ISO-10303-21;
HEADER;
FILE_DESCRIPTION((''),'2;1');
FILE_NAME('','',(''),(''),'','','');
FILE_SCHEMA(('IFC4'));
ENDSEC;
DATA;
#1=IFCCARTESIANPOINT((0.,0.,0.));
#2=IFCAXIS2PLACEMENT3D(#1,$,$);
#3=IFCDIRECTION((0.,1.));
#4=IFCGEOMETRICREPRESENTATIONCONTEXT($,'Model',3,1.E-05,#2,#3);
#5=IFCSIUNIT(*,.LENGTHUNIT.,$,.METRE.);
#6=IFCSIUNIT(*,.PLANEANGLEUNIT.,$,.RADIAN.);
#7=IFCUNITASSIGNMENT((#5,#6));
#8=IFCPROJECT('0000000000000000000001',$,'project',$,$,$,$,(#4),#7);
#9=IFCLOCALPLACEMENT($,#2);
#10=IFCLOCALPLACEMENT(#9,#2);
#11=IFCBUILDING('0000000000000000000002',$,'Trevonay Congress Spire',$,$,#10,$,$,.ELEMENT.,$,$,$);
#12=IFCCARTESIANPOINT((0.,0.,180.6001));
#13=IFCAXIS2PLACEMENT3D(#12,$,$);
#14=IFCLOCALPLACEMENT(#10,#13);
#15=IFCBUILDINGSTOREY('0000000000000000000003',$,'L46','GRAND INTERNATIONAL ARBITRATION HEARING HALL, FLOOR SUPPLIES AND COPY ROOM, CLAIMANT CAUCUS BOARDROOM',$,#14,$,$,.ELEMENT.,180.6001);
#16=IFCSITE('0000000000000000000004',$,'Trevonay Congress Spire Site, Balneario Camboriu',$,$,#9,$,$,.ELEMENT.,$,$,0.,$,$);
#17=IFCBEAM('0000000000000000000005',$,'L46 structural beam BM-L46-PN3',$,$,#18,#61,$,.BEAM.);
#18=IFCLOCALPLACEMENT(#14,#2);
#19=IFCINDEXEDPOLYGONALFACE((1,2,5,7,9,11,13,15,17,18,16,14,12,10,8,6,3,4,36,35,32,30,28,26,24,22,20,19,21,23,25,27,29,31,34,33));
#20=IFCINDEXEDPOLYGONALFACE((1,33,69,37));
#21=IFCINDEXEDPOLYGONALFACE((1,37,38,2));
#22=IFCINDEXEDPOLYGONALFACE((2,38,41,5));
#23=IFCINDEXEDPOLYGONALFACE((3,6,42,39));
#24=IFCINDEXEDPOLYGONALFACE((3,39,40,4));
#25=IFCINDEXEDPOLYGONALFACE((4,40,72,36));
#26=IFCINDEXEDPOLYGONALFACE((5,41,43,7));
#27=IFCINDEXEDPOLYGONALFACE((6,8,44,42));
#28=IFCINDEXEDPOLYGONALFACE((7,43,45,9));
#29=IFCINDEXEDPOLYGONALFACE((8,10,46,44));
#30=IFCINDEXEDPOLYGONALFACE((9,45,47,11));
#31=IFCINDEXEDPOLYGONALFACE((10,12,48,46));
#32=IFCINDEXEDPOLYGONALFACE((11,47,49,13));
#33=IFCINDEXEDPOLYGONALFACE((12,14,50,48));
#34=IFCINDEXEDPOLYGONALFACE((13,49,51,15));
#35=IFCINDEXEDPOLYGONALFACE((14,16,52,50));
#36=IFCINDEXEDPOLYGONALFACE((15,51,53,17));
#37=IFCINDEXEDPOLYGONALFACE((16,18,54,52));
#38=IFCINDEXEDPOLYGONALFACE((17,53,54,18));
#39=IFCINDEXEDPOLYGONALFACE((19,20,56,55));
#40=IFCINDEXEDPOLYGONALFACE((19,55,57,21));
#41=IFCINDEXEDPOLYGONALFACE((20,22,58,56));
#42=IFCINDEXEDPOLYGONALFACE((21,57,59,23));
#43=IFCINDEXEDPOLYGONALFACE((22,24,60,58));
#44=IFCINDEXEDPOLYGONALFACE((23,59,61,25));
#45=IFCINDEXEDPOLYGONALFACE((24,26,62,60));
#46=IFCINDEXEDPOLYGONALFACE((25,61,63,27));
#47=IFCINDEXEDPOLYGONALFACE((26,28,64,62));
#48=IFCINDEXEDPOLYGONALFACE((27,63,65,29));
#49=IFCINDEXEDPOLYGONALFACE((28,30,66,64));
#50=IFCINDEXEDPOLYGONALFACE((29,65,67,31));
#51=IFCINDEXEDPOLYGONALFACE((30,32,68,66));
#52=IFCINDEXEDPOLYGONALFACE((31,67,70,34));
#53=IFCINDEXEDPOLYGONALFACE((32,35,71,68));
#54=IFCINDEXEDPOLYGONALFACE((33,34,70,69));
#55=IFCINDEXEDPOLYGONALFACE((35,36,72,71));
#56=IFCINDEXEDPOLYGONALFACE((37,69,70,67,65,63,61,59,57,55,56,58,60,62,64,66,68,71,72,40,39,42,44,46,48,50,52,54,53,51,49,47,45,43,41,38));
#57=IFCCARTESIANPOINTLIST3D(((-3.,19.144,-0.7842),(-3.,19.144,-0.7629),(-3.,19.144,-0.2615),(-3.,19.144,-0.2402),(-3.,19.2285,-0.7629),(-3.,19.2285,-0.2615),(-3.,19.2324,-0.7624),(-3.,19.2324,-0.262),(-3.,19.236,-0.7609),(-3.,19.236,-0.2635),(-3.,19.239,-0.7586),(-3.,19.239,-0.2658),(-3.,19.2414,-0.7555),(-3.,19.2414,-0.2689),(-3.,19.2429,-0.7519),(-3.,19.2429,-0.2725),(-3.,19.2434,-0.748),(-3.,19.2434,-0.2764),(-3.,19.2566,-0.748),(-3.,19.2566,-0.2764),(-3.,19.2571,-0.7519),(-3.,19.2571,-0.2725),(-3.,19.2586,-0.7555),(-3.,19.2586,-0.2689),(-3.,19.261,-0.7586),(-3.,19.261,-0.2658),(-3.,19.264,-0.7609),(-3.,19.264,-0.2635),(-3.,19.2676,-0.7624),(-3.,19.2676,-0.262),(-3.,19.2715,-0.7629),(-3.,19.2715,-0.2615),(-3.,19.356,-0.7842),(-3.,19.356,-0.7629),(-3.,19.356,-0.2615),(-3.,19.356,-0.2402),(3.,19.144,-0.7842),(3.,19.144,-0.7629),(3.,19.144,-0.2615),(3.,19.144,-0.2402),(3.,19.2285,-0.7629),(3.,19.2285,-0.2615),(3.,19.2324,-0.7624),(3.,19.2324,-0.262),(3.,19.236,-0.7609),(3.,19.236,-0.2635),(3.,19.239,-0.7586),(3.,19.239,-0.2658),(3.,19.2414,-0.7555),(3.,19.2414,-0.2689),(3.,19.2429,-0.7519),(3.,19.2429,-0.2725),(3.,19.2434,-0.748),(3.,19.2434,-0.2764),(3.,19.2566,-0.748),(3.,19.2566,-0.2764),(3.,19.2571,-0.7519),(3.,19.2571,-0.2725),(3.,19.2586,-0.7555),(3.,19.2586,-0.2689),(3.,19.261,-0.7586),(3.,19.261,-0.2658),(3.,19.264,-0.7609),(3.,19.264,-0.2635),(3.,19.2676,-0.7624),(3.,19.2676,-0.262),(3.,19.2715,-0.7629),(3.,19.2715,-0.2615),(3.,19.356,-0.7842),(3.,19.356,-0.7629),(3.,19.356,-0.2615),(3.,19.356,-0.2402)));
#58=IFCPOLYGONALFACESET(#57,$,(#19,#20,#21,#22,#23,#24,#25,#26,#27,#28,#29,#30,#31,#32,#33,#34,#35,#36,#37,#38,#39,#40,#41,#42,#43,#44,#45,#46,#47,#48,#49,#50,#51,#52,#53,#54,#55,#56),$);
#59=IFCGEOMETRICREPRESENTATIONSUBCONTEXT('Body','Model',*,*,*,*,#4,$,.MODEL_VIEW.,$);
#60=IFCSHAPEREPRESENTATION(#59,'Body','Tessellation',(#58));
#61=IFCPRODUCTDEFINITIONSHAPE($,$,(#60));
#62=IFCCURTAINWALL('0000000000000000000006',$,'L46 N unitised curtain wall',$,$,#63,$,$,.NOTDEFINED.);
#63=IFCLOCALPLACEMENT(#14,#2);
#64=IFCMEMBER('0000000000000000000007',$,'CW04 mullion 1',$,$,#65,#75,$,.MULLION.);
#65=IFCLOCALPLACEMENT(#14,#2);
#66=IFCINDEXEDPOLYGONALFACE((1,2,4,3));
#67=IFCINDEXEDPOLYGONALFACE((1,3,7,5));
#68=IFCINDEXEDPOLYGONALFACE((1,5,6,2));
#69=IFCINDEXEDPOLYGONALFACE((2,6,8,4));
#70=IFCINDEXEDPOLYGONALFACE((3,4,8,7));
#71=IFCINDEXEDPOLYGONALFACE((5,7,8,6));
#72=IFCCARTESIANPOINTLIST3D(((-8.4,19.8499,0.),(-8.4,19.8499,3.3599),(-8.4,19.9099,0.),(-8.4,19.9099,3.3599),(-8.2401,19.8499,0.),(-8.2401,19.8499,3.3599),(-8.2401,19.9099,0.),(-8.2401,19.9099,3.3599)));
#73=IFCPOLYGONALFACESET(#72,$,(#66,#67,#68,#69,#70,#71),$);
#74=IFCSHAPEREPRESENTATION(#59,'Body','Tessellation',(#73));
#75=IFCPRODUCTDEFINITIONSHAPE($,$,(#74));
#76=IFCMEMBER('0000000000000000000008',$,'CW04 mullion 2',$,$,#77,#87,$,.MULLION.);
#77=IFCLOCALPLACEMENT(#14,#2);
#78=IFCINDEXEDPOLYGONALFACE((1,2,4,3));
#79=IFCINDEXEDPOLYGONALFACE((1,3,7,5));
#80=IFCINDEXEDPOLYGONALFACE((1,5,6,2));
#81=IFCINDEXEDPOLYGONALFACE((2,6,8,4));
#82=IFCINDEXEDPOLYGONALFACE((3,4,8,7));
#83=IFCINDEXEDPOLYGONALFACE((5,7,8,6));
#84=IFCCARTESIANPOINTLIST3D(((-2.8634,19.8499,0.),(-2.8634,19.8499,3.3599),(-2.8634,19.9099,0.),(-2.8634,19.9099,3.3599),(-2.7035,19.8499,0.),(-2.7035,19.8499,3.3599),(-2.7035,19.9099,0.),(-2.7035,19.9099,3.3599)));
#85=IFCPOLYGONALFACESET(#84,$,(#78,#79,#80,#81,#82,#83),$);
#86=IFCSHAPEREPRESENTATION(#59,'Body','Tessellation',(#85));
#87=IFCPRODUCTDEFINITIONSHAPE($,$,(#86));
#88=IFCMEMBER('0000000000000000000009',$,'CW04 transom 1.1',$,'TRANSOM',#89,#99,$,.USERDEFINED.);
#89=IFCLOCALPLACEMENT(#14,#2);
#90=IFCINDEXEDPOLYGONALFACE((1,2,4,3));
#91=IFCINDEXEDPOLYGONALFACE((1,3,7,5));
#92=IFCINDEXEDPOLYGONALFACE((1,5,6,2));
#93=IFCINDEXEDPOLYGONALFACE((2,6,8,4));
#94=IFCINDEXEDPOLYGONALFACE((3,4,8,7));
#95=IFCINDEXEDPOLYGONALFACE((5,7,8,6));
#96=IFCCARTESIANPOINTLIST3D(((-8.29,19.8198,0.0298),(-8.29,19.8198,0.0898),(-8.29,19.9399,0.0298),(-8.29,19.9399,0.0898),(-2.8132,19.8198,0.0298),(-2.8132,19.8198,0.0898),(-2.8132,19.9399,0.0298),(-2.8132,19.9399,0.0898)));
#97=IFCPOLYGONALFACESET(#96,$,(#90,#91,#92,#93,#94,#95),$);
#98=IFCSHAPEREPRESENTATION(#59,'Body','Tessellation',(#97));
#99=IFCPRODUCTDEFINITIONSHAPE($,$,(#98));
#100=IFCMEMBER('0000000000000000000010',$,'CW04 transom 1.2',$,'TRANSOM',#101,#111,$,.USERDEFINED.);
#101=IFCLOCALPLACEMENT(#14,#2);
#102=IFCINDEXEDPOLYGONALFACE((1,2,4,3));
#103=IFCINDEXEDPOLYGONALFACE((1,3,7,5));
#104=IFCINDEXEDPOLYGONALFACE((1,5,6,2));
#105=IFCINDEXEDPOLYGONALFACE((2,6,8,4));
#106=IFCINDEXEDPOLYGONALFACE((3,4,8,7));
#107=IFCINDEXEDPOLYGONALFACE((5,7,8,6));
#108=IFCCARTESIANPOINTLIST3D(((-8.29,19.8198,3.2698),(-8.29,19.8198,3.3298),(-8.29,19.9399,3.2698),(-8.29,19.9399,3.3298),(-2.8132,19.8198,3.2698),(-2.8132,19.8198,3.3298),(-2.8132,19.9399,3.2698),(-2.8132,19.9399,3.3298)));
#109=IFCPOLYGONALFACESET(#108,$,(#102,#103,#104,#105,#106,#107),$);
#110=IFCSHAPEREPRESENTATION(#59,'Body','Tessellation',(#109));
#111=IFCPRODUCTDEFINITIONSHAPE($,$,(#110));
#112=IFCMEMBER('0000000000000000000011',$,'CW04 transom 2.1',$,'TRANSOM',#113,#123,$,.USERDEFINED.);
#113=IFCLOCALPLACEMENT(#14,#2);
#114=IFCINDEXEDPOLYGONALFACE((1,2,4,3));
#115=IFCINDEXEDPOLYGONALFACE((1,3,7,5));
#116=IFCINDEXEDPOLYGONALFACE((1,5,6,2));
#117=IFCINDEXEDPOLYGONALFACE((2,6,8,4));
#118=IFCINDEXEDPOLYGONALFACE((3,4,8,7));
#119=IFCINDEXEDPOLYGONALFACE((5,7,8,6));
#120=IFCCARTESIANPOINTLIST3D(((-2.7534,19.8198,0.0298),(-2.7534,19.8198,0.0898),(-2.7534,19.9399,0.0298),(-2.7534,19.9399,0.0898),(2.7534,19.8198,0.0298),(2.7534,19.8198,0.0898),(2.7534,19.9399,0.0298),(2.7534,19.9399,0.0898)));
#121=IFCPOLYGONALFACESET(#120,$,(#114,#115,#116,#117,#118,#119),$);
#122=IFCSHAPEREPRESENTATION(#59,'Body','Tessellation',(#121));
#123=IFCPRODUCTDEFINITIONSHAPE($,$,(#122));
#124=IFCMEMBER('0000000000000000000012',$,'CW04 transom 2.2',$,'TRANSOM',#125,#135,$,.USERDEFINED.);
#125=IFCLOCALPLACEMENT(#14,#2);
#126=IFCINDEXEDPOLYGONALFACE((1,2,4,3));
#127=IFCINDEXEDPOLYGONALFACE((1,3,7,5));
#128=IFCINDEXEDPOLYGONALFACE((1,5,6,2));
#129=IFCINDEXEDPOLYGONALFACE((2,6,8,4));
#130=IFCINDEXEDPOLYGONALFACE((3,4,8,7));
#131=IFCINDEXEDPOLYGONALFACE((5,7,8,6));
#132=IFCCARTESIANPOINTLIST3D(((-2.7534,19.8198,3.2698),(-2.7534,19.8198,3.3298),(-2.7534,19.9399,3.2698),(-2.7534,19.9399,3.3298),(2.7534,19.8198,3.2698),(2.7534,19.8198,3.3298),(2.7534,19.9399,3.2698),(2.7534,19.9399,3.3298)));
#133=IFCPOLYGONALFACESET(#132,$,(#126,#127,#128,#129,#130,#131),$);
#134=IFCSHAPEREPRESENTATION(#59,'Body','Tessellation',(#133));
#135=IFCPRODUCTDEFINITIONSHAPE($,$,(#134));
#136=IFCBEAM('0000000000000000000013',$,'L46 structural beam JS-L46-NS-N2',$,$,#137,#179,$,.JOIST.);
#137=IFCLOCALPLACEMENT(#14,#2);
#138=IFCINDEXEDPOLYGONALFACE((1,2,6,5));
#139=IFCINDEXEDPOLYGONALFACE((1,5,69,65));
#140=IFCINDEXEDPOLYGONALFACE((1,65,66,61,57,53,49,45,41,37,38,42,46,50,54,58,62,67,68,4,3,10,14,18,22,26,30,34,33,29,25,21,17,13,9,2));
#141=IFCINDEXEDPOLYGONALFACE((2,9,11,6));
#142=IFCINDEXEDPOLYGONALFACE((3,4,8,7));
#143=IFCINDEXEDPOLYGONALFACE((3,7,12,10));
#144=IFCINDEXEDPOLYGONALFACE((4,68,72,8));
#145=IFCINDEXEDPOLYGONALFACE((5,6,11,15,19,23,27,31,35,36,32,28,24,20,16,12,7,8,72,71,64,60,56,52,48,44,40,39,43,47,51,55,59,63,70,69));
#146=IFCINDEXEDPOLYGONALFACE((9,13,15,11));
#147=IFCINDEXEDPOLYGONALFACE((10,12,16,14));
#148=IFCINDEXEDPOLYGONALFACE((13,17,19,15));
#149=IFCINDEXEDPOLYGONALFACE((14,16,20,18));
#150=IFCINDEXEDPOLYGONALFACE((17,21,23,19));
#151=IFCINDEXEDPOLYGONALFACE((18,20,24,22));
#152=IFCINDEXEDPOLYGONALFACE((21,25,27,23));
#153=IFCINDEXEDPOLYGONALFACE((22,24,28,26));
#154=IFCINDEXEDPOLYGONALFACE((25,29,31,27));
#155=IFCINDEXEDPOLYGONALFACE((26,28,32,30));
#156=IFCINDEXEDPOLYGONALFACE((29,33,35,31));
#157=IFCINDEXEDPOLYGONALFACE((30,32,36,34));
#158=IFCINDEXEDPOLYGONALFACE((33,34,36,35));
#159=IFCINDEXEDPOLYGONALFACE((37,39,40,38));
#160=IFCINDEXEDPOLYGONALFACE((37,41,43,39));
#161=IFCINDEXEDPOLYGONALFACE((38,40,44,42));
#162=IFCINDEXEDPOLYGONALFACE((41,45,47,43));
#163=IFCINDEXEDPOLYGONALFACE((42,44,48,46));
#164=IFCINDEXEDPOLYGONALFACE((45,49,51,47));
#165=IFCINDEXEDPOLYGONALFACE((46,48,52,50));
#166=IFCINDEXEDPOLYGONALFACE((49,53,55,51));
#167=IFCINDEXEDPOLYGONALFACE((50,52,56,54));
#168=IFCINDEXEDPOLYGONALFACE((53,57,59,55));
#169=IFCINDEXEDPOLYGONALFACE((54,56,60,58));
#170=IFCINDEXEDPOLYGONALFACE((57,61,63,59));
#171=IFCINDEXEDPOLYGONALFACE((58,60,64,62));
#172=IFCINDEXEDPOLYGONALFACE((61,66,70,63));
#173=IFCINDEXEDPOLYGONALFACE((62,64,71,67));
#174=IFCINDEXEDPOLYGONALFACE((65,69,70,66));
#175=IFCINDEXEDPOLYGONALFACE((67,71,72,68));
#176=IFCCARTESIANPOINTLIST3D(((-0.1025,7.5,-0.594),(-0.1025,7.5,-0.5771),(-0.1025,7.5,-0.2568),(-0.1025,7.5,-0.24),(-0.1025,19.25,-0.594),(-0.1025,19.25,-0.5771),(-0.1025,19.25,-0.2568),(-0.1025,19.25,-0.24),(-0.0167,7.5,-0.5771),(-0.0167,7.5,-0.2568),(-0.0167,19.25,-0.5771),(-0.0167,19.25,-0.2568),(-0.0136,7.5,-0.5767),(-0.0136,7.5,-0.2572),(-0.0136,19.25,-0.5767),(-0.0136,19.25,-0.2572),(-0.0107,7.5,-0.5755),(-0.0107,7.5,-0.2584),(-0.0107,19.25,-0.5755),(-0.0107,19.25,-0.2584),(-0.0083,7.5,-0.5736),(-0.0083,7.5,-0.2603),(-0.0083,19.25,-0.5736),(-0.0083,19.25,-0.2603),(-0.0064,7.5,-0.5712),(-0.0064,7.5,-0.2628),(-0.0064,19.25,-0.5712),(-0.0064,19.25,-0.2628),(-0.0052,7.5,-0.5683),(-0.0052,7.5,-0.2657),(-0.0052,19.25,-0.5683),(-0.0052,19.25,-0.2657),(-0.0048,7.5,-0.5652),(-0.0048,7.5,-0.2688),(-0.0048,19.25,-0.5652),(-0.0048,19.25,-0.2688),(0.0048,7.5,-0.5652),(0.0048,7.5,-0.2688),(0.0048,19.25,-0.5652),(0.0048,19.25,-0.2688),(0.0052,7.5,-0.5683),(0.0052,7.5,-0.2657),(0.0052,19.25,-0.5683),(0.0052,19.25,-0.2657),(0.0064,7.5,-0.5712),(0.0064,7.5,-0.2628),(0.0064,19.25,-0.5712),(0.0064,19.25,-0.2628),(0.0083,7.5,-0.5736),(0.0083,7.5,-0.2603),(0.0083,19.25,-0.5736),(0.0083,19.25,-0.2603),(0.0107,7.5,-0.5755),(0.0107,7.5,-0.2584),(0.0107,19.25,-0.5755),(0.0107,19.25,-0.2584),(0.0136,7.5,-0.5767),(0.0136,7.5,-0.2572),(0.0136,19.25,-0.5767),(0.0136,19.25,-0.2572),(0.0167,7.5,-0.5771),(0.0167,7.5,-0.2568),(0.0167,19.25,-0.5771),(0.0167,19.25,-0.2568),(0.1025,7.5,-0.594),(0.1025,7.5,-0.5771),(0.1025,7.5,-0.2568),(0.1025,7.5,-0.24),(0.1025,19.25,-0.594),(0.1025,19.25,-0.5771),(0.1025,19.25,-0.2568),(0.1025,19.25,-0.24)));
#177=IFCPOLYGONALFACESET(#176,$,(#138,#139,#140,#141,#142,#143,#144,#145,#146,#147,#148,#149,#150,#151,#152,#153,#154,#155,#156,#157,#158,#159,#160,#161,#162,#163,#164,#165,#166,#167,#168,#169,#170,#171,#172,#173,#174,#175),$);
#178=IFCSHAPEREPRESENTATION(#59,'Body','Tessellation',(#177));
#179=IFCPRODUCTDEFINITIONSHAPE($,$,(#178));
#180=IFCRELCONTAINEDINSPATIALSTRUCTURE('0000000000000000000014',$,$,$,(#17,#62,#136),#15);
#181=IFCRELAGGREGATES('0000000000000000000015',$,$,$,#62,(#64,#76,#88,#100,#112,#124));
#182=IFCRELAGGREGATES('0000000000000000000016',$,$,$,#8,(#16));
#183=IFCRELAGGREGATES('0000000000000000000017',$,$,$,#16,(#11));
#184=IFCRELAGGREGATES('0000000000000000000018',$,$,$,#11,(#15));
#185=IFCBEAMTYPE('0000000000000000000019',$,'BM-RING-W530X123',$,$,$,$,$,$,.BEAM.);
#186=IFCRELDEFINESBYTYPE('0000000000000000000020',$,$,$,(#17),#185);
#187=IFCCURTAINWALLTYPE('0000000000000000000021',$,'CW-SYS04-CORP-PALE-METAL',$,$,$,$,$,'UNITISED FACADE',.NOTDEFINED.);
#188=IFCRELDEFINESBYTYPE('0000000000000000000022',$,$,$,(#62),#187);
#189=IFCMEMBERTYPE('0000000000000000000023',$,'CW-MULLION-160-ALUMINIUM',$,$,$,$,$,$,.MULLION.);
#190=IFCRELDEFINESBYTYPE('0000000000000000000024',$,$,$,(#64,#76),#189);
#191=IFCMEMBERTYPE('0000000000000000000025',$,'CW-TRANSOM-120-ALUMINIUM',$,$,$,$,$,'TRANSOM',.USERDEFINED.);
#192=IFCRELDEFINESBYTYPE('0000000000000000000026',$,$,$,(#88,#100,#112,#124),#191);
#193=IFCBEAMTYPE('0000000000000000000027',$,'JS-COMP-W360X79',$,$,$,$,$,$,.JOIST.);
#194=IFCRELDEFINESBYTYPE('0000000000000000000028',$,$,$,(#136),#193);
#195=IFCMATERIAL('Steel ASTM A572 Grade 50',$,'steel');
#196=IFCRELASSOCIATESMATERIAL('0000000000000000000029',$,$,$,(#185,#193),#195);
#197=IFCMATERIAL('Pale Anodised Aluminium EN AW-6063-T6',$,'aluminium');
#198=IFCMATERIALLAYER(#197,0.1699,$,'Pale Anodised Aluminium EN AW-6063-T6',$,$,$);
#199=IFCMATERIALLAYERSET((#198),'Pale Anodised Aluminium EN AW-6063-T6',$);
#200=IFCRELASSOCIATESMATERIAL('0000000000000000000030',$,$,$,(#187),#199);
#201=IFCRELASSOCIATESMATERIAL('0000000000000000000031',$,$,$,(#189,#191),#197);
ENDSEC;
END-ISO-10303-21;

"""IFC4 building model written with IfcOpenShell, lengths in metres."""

from ifc_helpers import new_model, si_unit, direction, frame, origin, origin_2d, place, context, subcontext, project, spatial, rectangle, i_section, extrude, material, layer, layer_set, material_profile, profile_set, type_object, element, aggregate, save


model = new_model("IFC4")

# Units and contexts
model_context = context("Model", 3, precision=1e-05, world=origin(), true_north=direction((0.0, 1.0)))
body_context = subcontext(model_context, "Body", "Model", "MODEL_VIEW")
ifc_project = project(units=[si_unit("LENGTHUNIT", "METRE"), si_unit("PLANEANGLEUNIT", "RADIAN")], contexts=[model_context])

# Site, building, storey
site_placement = place(None, origin())
site = spatial("IfcSite", under=ifc_project, at=site_placement, Name="Trevonay Congress Spire Site, Balneario Camboriu", CompositionType="ELEMENT", RefElevation=0.0)
building_placement = place(site_placement, origin())
building = spatial("IfcBuilding", under=site, at=building_placement, Name="Trevonay Congress Spire", CompositionType="ELEMENT")
storey_placement = place(building_placement, frame((0.0, 0.0, 180.6001)))
storey = spatial("IfcBuildingStorey", under=building, at=storey_placement, Name="L46", Description="GRAND INTERNATIONAL ARBITRATION HEARING HALL, FLOOR SUPPLIES AND COPY ROOM, CLAIMANT CAUCUS BOARDROOM", CompositionType="ELEMENT", Elevation=180.6001)

# Shared definitions
ifc_material_1 = material(Name="Steel ASTM A572 Grade 50", Category="steel")

# Beam
ifc_material_profile_1 = material_profile(ifc_material_1, i_section(OverallWidth=0.2119, OverallDepth=0.5439, WebThickness=0.0132, FlangeThickness=0.0212, FilletRadius=0.0149, at=origin_2d()), Name="W530x123")
ifc_profile_set_1 = profile_set([ifc_material_profile_1], Name="Steel ASTM A572 Grade 50")
beam_type_1 = type_object("IfcBeamType", Name="BM-RING-W530X123", PredefinedType="BEAM", material=ifc_profile_set_1)
beam_1_placement = place(storey_placement, frame((-3.0, 19.25, -0.5122), z_axis=(1.0, 0.0, 0.0), x_axis=(0.0, 1.0, 0.0)))
element("IfcBeam", 1, at=beam_1_placement, inside=storey, type_object=beam_type_1, Name="L46 structural beam BM-L46-PN3", PredefinedType="BEAM", context=body_context, shape_type="SweptSolid", body=[
    extrude(i_section(OverallWidth=0.2119, OverallDepth=0.5439, WebThickness=0.0132, FlangeThickness=0.0212, FilletRadius=0.0149, at=origin_2d()), origin(), (0.0, 0.0, 1.0), 6.0),
])

# Curtain wall, members
ifc_material_2 = material(Name="Pale Anodised Aluminium EN AW-6063-T6", Category="aluminium")
ifc_layer_1 = layer(ifc_material_2, 0.1699, Name="Pale Anodised Aluminium EN AW-6063-T6")
ifc_layer_set_1 = layer_set([ifc_layer_1], Name="Pale Anodised Aluminium EN AW-6063-T6")
curtain_wall_type = type_object("IfcCurtainWallType", Name="CW-SYS04-CORP-PALE-METAL", ElementType="UNITISED FACADE", PredefinedType="NOTDEFINED", material=ifc_layer_set_1)
curtain_wall_placement = place(storey_placement, origin())
curtain_wall = element("IfcCurtainWall", 2, at=curtain_wall_placement, inside=storey, type_object=curtain_wall_type, Name="L46 N unitised curtain wall", PredefinedType="NOTDEFINED")
ifc_material_profile_2 = material_profile(ifc_material_2, rectangle(XDim=0.0601, YDim=0.1599, at=origin_2d()), Name="CW-MULLION-160-ALUMINIUM")
ifc_profile_set_2 = profile_set([ifc_material_profile_2], Name="Pale Anodised Aluminium EN AW-6063-T6")
member_type_1 = type_object("IfcMemberType", Name="CW-MULLION-160-ALUMINIUM", PredefinedType="MULLION", material=ifc_profile_set_2)
member_1_placement = place(storey_placement, frame((-8.3201, 19.8799, 0.0), z_axis=(0.0, 0.0, 1.0), x_axis=(0.0, 1.0, 0.0)))
member_1 = element("IfcMember", 3, at=member_1_placement, type_object=member_type_1, Name="CW04 mullion 1", PredefinedType="MULLION", context=body_context, shape_type="SweptSolid", body=[
    extrude(rectangle(XDim=0.0601, YDim=0.1599, at=origin_2d()), origin(), (0.0, 0.0, 1.0), 3.3599),
])
member_2_placement = place(storey_placement, frame((-2.7834, 19.8799, 0.0), z_axis=(0.0, 0.0, 1.0), x_axis=(0.0, 1.0, 0.0)))
member_2 = element("IfcMember", 4, at=member_2_placement, type_object=member_type_1, Name="CW04 mullion 2", PredefinedType="MULLION", context=body_context, shape_type="SweptSolid", body=[
    extrude(rectangle(XDim=0.0601, YDim=0.1599, at=origin_2d()), origin(), (0.0, 0.0, 1.0), 3.3599),
])
ifc_material_profile_3 = material_profile(ifc_material_2, rectangle(XDim=0.1201, YDim=0.0601, at=origin_2d()), Name="CW-TRANSOM-120-ALUMINIUM")
ifc_profile_set_3 = profile_set([ifc_material_profile_3], Name="Pale Anodised Aluminium EN AW-6063-T6")
member_type_2 = type_object("IfcMemberType", Name="CW-TRANSOM-120-ALUMINIUM", ElementType="TRANSOM", PredefinedType="USERDEFINED", material=ifc_profile_set_3)
member_3_placement = place(storey_placement, frame((-8.29, 19.8799, 0.0598), z_axis=(1.0, 0.0, 0.0), x_axis=(0.0, 1.0, 0.0)))
member_3 = element("IfcMember", 5, at=member_3_placement, type_object=member_type_2, Name="CW04 transom 1.1", ObjectType="TRANSOM", PredefinedType="USERDEFINED", context=body_context, shape_type="SweptSolid", body=[
    extrude(rectangle(XDim=0.1201, YDim=0.0601, at=origin_2d()), origin(), (0.0, 0.0, 1.0), 5.4768),
])
member_4_placement = place(storey_placement, frame((-8.29, 19.8799, 3.2998), z_axis=(1.0, 0.0, 0.0), x_axis=(0.0, 1.0, 0.0)))
member_4 = element("IfcMember", 6, at=member_4_placement, type_object=member_type_2, Name="CW04 transom 1.2", ObjectType="TRANSOM", PredefinedType="USERDEFINED", context=body_context, shape_type="SweptSolid", body=[
    extrude(rectangle(XDim=0.1201, YDim=0.0601, at=origin_2d()), origin(), (0.0, 0.0, 1.0), 5.4768),
])
member_5_placement = place(storey_placement, frame((-2.7534, 19.8799, 0.0598), z_axis=(1.0, 0.0, 0.0), x_axis=(0.0, 1.0, 0.0)))
member_5 = element("IfcMember", 7, at=member_5_placement, type_object=member_type_2, Name="CW04 transom 2.1", ObjectType="TRANSOM", PredefinedType="USERDEFINED", context=body_context, shape_type="SweptSolid", body=[
    extrude(rectangle(XDim=0.1201, YDim=0.0601, at=origin_2d()), origin(), (0.0, 0.0, 1.0), 5.5068),
])
member_6_placement = place(storey_placement, frame((-2.7534, 19.8799, 3.2998), z_axis=(1.0, 0.0, 0.0), x_axis=(0.0, 1.0, 0.0)))
member_6 = element("IfcMember", 8, at=member_6_placement, type_object=member_type_2, Name="CW04 transom 2.2", ObjectType="TRANSOM", PredefinedType="USERDEFINED", context=body_context, shape_type="SweptSolid", body=[
    extrude(rectangle(XDim=0.1201, YDim=0.0601, at=origin_2d()), origin(), (0.0, 0.0, 1.0), 5.5068),
])

# Beam
ifc_material_profile_4 = material_profile(ifc_material_1, i_section(OverallWidth=0.2051, OverallDepth=0.354, WebThickness=0.0095, FlangeThickness=0.0168, FilletRadius=0.012, at=origin_2d()), Name="W360x79")
ifc_profile_set_4 = profile_set([ifc_material_profile_4], Name="Steel ASTM A572 Grade 50")
beam_type_2 = type_object("IfcBeamType", Name="JS-COMP-W360X79", PredefinedType="JOIST", material=ifc_profile_set_4)
beam_2_placement = place(storey_placement, frame((0.0, 7.5, -0.417), z_axis=(0.0, 1.0, 0.0), x_axis=(-1.0, 0.0, 0.0)))
element("IfcBeam", 9, at=beam_2_placement, inside=storey, type_object=beam_type_2, Name="L46 structural beam JS-L46-NS-N2", PredefinedType="JOIST", context=body_context, shape_type="SweptSolid", body=[
    extrude(i_section(OverallWidth=0.2051, OverallDepth=0.354, WebThickness=0.0095, FlangeThickness=0.0168, FilletRadius=0.012, at=origin_2d()), origin(), (0.0, 0.0, 1.0), 11.75),
])

aggregate(curtain_wall, [member_1, member_2, member_3, member_4, member_5, member_6])

save(model, "model.ifc")
